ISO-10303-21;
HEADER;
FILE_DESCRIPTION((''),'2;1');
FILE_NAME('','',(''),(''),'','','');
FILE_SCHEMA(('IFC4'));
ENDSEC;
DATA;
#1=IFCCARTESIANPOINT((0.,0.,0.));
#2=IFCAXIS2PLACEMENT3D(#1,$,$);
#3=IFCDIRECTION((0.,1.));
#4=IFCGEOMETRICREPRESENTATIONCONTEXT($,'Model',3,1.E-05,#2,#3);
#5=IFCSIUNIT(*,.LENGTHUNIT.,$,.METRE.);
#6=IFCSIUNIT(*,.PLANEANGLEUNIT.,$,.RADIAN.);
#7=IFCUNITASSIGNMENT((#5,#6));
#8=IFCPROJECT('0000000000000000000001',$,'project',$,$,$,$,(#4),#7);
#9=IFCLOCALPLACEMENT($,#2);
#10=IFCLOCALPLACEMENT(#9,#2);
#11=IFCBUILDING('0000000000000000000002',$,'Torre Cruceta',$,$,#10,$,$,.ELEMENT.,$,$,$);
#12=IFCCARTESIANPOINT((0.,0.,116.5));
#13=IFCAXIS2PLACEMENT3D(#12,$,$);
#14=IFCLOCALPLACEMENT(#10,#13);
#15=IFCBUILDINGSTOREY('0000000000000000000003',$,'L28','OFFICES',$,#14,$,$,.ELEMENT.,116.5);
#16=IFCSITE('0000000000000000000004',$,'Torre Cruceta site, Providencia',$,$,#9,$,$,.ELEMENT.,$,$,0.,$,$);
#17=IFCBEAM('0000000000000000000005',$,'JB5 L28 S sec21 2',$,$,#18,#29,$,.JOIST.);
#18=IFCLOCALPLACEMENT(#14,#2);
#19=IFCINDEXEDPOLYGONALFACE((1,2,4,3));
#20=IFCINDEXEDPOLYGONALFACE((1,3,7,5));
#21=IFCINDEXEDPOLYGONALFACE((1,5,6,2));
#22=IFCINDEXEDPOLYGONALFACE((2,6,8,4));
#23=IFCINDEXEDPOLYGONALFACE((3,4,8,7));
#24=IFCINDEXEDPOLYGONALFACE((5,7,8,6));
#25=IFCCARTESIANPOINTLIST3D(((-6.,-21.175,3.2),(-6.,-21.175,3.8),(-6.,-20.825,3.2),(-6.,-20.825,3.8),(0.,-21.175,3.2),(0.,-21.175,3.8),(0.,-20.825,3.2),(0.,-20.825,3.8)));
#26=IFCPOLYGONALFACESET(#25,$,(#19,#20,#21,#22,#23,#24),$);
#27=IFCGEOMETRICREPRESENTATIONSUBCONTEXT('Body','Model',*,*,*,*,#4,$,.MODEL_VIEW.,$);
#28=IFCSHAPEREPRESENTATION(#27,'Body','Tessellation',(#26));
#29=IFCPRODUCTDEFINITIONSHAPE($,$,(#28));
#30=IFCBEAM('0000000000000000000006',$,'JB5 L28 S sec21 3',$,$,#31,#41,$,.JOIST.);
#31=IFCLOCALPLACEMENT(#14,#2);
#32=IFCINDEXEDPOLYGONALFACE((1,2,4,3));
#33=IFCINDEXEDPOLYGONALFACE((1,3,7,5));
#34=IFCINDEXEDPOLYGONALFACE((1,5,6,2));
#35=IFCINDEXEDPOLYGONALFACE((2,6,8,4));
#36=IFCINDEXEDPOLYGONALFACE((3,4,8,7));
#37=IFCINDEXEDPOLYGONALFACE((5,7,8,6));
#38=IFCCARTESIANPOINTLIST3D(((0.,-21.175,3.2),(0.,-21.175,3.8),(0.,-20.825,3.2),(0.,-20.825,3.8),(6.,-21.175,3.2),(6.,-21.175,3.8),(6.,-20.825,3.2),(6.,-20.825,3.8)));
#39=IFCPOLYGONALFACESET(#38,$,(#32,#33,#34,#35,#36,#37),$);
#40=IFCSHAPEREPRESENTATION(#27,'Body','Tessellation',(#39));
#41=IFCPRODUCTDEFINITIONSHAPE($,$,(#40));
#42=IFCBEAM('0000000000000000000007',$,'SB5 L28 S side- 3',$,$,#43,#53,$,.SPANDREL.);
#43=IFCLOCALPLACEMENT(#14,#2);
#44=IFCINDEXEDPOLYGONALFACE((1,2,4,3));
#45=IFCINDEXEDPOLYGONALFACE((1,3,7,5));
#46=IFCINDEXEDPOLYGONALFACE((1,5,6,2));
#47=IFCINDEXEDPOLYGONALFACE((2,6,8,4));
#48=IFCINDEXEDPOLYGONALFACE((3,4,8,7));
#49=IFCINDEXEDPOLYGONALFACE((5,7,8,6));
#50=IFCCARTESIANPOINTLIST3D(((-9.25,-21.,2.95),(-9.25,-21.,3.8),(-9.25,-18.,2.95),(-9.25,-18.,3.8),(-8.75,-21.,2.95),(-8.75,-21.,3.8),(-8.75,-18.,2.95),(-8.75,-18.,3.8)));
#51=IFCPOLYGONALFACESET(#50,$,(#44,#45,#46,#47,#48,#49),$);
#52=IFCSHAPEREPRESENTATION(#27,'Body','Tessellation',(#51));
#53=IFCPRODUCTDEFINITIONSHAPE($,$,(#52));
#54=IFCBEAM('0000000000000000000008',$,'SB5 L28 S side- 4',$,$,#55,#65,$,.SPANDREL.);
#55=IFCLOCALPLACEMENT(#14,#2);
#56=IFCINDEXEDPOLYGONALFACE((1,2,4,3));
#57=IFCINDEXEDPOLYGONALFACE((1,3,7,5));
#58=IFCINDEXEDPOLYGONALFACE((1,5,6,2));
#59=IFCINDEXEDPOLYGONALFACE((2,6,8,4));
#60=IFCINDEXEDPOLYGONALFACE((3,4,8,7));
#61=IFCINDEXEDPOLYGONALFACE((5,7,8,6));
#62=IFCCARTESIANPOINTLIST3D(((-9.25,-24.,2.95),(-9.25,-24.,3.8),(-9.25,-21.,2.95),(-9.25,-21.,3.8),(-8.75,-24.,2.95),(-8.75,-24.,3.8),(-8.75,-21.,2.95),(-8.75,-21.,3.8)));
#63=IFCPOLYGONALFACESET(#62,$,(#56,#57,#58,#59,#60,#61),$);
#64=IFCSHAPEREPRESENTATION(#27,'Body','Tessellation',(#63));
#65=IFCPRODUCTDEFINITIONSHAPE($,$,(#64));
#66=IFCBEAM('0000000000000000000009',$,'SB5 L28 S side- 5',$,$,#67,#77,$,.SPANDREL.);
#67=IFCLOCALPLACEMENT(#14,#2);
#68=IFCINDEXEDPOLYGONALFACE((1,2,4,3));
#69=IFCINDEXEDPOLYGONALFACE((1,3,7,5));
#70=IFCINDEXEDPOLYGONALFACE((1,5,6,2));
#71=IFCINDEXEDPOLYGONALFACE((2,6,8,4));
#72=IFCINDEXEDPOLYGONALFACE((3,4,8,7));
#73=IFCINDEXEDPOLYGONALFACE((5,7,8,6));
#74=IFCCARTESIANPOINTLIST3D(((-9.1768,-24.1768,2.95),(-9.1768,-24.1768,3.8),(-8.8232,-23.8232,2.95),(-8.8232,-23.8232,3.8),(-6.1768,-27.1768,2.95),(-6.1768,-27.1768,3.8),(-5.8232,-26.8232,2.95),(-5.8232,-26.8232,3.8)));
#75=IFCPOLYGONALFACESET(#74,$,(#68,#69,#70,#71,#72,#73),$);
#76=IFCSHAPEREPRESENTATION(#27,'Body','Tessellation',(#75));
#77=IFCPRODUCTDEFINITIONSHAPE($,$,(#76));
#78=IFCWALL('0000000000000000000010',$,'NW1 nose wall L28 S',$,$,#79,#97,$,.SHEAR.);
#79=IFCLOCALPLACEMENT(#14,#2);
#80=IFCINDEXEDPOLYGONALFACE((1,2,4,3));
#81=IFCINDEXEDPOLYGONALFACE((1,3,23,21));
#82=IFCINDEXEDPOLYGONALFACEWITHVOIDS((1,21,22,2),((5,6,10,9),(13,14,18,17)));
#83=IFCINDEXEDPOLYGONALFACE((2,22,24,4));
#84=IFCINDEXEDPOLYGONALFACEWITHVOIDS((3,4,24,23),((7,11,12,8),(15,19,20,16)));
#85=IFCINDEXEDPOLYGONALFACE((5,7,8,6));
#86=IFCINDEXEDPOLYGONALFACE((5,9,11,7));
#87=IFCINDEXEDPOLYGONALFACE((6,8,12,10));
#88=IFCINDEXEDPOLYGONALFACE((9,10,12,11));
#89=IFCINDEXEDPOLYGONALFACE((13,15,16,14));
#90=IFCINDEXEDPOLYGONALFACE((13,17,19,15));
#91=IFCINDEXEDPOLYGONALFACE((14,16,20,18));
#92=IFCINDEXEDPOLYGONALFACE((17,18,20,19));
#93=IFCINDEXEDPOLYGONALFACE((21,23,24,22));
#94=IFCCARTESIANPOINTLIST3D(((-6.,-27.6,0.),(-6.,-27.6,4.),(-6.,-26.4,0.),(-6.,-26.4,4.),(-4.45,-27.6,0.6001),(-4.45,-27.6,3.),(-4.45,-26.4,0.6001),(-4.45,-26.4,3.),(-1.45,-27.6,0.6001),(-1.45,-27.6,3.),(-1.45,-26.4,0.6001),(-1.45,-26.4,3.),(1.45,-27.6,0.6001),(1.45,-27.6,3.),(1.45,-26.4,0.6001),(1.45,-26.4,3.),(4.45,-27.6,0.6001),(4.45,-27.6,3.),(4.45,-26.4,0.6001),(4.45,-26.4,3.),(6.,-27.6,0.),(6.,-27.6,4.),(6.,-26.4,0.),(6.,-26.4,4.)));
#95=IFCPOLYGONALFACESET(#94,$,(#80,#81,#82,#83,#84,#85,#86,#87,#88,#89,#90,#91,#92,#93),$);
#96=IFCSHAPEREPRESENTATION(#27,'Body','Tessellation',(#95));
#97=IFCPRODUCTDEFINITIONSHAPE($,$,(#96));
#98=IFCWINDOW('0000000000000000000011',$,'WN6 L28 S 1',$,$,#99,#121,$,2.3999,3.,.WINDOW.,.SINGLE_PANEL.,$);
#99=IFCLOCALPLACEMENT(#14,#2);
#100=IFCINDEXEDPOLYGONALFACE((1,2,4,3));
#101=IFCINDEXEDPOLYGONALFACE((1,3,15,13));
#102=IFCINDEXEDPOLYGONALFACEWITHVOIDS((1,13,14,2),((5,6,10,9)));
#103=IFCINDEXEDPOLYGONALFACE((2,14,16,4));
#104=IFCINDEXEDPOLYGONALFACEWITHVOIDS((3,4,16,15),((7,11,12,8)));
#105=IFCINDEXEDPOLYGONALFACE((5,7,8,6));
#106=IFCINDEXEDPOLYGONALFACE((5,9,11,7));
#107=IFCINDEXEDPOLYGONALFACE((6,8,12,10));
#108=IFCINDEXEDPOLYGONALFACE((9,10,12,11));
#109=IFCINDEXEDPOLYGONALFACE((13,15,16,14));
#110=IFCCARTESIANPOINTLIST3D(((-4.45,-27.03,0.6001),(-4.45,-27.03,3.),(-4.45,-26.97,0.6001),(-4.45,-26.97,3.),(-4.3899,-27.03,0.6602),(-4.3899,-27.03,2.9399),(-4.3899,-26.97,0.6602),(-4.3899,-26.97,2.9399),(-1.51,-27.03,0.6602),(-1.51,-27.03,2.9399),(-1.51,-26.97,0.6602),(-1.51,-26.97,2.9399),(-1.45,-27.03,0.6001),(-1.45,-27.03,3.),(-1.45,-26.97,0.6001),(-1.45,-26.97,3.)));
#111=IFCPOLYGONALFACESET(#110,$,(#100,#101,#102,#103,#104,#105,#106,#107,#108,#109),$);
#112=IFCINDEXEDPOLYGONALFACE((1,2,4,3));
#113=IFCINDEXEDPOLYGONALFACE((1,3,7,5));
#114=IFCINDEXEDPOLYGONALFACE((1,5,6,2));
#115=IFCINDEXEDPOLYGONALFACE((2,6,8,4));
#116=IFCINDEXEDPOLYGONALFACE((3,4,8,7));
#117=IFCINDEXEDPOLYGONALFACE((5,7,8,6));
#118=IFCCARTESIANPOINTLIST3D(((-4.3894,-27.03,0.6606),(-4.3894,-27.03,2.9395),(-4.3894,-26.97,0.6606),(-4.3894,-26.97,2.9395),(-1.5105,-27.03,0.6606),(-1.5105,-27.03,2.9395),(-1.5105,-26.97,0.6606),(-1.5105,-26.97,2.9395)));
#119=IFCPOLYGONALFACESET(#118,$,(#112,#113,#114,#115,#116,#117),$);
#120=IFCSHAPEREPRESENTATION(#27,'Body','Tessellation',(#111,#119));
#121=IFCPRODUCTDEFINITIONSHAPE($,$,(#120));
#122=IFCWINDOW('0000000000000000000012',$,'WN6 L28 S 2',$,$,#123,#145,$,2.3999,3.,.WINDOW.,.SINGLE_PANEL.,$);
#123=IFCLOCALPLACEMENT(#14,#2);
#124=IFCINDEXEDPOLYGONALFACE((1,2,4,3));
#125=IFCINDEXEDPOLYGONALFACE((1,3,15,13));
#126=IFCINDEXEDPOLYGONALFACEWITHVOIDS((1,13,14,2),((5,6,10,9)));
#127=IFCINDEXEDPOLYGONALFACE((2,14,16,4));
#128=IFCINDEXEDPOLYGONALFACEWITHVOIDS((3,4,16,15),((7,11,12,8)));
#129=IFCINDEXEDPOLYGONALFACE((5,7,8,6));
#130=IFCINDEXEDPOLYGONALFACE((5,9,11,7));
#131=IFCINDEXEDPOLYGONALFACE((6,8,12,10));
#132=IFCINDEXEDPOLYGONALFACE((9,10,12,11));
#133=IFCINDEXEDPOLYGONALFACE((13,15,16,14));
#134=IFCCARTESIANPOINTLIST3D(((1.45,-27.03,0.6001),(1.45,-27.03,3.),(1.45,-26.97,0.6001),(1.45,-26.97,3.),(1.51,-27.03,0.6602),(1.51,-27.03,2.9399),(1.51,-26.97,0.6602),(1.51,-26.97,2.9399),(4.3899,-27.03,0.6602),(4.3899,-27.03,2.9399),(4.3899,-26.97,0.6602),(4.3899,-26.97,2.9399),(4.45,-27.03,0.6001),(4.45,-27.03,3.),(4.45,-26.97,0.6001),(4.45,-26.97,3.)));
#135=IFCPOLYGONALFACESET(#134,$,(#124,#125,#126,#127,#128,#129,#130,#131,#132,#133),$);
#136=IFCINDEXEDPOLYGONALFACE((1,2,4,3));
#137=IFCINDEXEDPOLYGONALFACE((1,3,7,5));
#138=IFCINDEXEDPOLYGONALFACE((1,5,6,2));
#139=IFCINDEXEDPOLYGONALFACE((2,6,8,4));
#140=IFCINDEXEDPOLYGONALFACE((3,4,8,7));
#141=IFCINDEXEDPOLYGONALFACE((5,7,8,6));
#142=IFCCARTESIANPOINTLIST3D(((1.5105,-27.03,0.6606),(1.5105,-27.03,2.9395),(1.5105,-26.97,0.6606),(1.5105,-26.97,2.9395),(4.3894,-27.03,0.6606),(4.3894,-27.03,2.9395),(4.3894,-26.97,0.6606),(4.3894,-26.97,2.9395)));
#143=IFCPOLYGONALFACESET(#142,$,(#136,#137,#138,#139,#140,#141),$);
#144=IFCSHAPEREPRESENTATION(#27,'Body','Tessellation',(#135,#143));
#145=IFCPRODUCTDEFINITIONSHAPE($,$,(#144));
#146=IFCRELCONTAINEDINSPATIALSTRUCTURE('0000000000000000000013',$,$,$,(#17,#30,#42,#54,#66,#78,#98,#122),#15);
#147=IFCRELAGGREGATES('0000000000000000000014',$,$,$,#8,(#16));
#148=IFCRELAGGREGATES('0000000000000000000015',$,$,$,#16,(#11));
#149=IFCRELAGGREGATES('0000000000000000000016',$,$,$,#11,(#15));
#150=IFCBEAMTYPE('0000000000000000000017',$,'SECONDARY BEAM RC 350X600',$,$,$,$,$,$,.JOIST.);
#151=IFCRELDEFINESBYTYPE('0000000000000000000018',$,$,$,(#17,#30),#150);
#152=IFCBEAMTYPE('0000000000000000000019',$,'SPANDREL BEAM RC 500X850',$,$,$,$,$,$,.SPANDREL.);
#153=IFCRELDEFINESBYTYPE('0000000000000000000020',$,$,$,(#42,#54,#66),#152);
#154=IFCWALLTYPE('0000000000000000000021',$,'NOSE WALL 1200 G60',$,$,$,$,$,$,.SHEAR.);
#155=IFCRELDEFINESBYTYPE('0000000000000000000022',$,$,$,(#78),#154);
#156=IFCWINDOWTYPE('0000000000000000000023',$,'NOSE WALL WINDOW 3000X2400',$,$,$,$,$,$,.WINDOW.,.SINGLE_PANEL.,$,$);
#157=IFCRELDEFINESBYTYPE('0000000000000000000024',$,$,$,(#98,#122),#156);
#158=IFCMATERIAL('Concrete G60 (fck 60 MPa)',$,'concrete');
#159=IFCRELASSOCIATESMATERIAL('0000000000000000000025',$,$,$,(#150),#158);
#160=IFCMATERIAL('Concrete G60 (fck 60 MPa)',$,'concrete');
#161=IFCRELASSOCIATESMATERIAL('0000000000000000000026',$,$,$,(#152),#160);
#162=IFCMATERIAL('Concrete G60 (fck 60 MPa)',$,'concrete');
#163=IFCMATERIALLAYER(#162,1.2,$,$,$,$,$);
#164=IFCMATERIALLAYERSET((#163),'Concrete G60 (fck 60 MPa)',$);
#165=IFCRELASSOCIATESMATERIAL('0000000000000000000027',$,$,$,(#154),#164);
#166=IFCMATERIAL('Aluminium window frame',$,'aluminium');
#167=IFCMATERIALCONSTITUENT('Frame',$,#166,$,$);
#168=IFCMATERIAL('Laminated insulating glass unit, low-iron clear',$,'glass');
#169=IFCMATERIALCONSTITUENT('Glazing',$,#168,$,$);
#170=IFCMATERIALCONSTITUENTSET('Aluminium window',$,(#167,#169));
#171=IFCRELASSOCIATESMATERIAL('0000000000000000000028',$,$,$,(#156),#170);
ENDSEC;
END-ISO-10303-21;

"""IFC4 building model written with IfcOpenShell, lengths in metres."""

from ifc_helpers import new_model, si_unit, direction, frame, frame_2d, origin, origin_2d, place, context, subcontext, project, spatial, rectangle, hollow_rectangle, extrude, material, layer, layer_set, constituent, constituent_set, material_profile, profile_set, type_object, element, fill, save


model = new_model("IFC4")

# Units and contexts
model_context = context("Model", 3, precision=1e-05, world=origin(), true_north=direction((0.0, 1.0)))
body_context = subcontext(model_context, "Body", "Model", "MODEL_VIEW")
ifc_project = project(units=[si_unit("LENGTHUNIT", "METRE"), si_unit("PLANEANGLEUNIT", "RADIAN")], contexts=[model_context])

# Site, building, storey
site_placement = place(None, origin())
site = spatial("IfcSite", under=ifc_project, at=site_placement, Name="Torre Cruceta site, Providencia", CompositionType="ELEMENT", RefElevation=0.0)
building_placement = place(site_placement, origin())
building = spatial("IfcBuilding", under=site, at=building_placement, Name="Torre Cruceta", CompositionType="ELEMENT")
storey_placement = place(building_placement, frame((0.0, 0.0, 116.5)))
storey = spatial("IfcBuildingStorey", under=building, at=storey_placement, Name="L28", Description="OFFICES", CompositionType="ELEMENT", Elevation=116.5)

# Beams
ifc_material_1 = material(Name="Concrete G60 (fck 60 MPa)", Category="concrete")
ifc_material_profile_1 = material_profile(ifc_material_1, rectangle(XDim=0.3501, YDim=0.6001, at=origin_2d()), Name="RC 350X600")
ifc_profile_set_1 = profile_set([ifc_material_profile_1], Name="Concrete G60 (fck 60 MPa)")
beam_type_1 = type_object("IfcBeamType", Name="SECONDARY BEAM RC 350X600", PredefinedType="JOIST", material=ifc_profile_set_1)
for number, where, z_axis, x_axis, name in (
    (1, (-6.0, -21.0, 3.5), (1.0, 0.0, 0.0), (0.0, 1.0, 0.0), "JB5 L28 S sec21 2"),
    (2, (0.0, -21.0, 3.5), (1.0, 0.0, 0.0), (0.0, 1.0, 0.0), "JB5 L28 S sec21 3"),
):
    element("IfcBeam", number, at=place(storey_placement, frame(where, z_axis=z_axis, x_axis=x_axis)), inside=storey, type_object=beam_type_1, Name=name, PredefinedType="JOIST", context=body_context, shape_type="SweptSolid", body=[
        extrude(rectangle(XDim=0.3501, YDim=0.6001, at=origin_2d()), origin(), (0.0, 0.0, 1.0), 6.0),
    ])
ifc_material_2 = material(Name="Concrete G60 (fck 60 MPa)", Category="concrete")
ifc_material_profile_2 = material_profile(ifc_material_2, rectangle(XDim=0.5, YDim=0.8501, at=origin_2d()), Name="RC 500X850")
ifc_profile_set_2 = profile_set([ifc_material_profile_2], Name="Concrete G60 (fck 60 MPa)")
beam_type_2 = type_object("IfcBeamType", Name="SPANDREL BEAM RC 500X850", PredefinedType="SPANDREL", material=ifc_profile_set_2)
for number, where, z_axis, x_axis, name in (
    (3, (-9.0, -18.0, 3.375), (0.0, -1.0, 0.0), (1.0, 0.0, 0.0), "SB5 L28 S side- 3"),
    (4, (-9.0, -21.0, 3.375), (0.0, -1.0, 0.0), (1.0, 0.0, 0.0), "SB5 L28 S side- 4"),
):
    element("IfcBeam", number, at=place(storey_placement, frame(where, z_axis=z_axis, x_axis=x_axis)), inside=storey, type_object=beam_type_2, Name=name, PredefinedType="SPANDREL", context=body_context, shape_type="SweptSolid", body=[
        extrude(rectangle(XDim=0.5, YDim=0.8501, at=origin_2d()), origin(), (0.0, 0.0, 1.0), 3.0),
    ])
beam_1_placement = place(storey_placement, frame((-9.0, -24.0, 3.375), z_axis=(0.707107, -0.707107, 0.0), x_axis=(0.707107, 0.707107, 0.0)))
element("IfcBeam", 5, at=beam_1_placement, inside=storey, type_object=beam_type_2, Name="SB5 L28 S side- 5", PredefinedType="SPANDREL", context=body_context, shape_type="SweptSolid", body=[
    extrude(rectangle(XDim=0.5, YDim=0.8501, at=origin_2d()), origin(), (0.0, 0.0, 1.0), 4.2427),
])

# Wall, openings, windows
ifc_material_3 = material(Name="Concrete G60 (fck 60 MPa)", Category="concrete")
ifc_layer = layer(ifc_material_3, 1.2)
ifc_layer_set = layer_set([ifc_layer], Name="Concrete G60 (fck 60 MPa)")
wall_type = type_object("IfcWallType", Name="NOSE WALL 1200 G60", PredefinedType="SHEAR", material=ifc_layer_set)
wall_placement = place(storey_placement, frame((-6.0, -27.0, 0.0), z_axis=(0.0, 0.0, 1.0), x_axis=(1.0, 0.0, 0.0)))
wall = element("IfcWall", 6, at=wall_placement, inside=storey, type_object=wall_type, Name="NW1 nose wall L28 S", PredefinedType="SHEAR", context=body_context, shape_type="SweptSolid", body=[
    extrude(rectangle(XDim=12.0, YDim=1.2, at=frame_2d((6.0, 0.0))), origin(), (0.0, 0.0, 1.0), 4.0),
])
opening_1_placement = place(wall_placement, frame((1.55, 0.0, 0.6001)))
opening_1 = element("IfcOpeningElement", 7, at=opening_1_placement, cuts=wall, PredefinedType="OPENING", context=body_context, shape_type="SweptSolid", body=[
    extrude(rectangle(XDim=3.0, YDim=2.3999, at=frame_2d((1.5, 1.2))), frame((0.0, 0.6099, 0.0), z_axis=(0.0, -1.0, 0.0), x_axis=(1.0, 0.0, 0.0)), (0.0, 0.0, 1.0), 1.22),
])
opening_2_placement = place(wall_placement, frame((7.45, 0.0, 0.6001)))
opening_2 = element("IfcOpeningElement", 8, at=opening_2_placement, cuts=wall, PredefinedType="OPENING", context=body_context, shape_type="SweptSolid", body=[
    extrude(rectangle(XDim=3.0, YDim=2.3999, at=frame_2d((1.5, 1.2))), frame((0.0, 0.6099, 0.0), z_axis=(0.0, -1.0, 0.0), x_axis=(1.0, 0.0, 0.0)), (0.0, 0.0, 1.0), 1.22),
])
ifc_material_4 = material(Name="Aluminium window frame", Category="aluminium")
ifc_constituent_1 = constituent(ifc_material_4, Name="Frame")
ifc_material_5 = material(Name="Laminated insulating glass unit, low-iron clear", Category="glass")
ifc_constituent_2 = constituent(ifc_material_5, Name="Glazing")
ifc_constituent_set = constituent_set(constituents=[ifc_constituent_1, ifc_constituent_2], Name="Aluminium window")
window_type = type_object("IfcWindowType", Name="NOSE WALL WINDOW 3000X2400", PartitioningType="SINGLE_PANEL", PredefinedType="WINDOW", material=ifc_constituent_set)
window_1_placement = place(opening_1_placement, origin())
window_1 = element("IfcWindow", 9, at=window_1_placement, inside=storey, type_object=window_type, Name="WN6 L28 S 1", OverallHeight=2.3999, OverallWidth=3.0, PartitioningType="SINGLE_PANEL", PredefinedType="WINDOW", context=body_context, shape_type="SweptSolid", body=[
    extrude(hollow_rectangle(XDim=3.0, YDim=2.3999, WallThickness=0.0601, at=frame_2d((1.5, 1.2))), frame((0.0, 0.03, 0.0), z_axis=(0.0, -1.0, 0.0), x_axis=(1.0, 0.0, 0.0)), (0.0, 0.0, 1.0), 0.0601),
    extrude(rectangle(XDim=2.8789, YDim=2.2788, at=frame_2d((1.5, 1.2))), frame((0.0, 0.03, 0.0), z_axis=(0.0, -1.0, 0.0), x_axis=(1.0, 0.0, 0.0)), (0.0, 0.0, 1.0), 0.0601),
])
fill(opening_1, window_1)
window_2_placement = place(opening_2_placement, origin())
window_2 = element("IfcWindow", 10, at=window_2_placement, inside=storey, type_object=window_type, Name="WN6 L28 S 2", OverallHeight=2.3999, OverallWidth=3.0, PartitioningType="SINGLE_PANEL", PredefinedType="WINDOW", context=body_context, shape_type="SweptSolid", body=[
    extrude(hollow_rectangle(XDim=3.0, YDim=2.3999, WallThickness=0.0601, at=frame_2d((1.5, 1.2))), frame((0.0, 0.03, 0.0), z_axis=(0.0, -1.0, 0.0), x_axis=(1.0, 0.0, 0.0)), (0.0, 0.0, 1.0), 0.0601),
    extrude(rectangle(XDim=2.8789, YDim=2.2788, at=frame_2d((1.5, 1.2))), frame((0.0, 0.03, 0.0), z_axis=(0.0, -1.0, 0.0), x_axis=(1.0, 0.0, 0.0)), (0.0, 0.0, 1.0), 0.0601),
])
fill(opening_2, window_2)

save(model, "model.ifc")
